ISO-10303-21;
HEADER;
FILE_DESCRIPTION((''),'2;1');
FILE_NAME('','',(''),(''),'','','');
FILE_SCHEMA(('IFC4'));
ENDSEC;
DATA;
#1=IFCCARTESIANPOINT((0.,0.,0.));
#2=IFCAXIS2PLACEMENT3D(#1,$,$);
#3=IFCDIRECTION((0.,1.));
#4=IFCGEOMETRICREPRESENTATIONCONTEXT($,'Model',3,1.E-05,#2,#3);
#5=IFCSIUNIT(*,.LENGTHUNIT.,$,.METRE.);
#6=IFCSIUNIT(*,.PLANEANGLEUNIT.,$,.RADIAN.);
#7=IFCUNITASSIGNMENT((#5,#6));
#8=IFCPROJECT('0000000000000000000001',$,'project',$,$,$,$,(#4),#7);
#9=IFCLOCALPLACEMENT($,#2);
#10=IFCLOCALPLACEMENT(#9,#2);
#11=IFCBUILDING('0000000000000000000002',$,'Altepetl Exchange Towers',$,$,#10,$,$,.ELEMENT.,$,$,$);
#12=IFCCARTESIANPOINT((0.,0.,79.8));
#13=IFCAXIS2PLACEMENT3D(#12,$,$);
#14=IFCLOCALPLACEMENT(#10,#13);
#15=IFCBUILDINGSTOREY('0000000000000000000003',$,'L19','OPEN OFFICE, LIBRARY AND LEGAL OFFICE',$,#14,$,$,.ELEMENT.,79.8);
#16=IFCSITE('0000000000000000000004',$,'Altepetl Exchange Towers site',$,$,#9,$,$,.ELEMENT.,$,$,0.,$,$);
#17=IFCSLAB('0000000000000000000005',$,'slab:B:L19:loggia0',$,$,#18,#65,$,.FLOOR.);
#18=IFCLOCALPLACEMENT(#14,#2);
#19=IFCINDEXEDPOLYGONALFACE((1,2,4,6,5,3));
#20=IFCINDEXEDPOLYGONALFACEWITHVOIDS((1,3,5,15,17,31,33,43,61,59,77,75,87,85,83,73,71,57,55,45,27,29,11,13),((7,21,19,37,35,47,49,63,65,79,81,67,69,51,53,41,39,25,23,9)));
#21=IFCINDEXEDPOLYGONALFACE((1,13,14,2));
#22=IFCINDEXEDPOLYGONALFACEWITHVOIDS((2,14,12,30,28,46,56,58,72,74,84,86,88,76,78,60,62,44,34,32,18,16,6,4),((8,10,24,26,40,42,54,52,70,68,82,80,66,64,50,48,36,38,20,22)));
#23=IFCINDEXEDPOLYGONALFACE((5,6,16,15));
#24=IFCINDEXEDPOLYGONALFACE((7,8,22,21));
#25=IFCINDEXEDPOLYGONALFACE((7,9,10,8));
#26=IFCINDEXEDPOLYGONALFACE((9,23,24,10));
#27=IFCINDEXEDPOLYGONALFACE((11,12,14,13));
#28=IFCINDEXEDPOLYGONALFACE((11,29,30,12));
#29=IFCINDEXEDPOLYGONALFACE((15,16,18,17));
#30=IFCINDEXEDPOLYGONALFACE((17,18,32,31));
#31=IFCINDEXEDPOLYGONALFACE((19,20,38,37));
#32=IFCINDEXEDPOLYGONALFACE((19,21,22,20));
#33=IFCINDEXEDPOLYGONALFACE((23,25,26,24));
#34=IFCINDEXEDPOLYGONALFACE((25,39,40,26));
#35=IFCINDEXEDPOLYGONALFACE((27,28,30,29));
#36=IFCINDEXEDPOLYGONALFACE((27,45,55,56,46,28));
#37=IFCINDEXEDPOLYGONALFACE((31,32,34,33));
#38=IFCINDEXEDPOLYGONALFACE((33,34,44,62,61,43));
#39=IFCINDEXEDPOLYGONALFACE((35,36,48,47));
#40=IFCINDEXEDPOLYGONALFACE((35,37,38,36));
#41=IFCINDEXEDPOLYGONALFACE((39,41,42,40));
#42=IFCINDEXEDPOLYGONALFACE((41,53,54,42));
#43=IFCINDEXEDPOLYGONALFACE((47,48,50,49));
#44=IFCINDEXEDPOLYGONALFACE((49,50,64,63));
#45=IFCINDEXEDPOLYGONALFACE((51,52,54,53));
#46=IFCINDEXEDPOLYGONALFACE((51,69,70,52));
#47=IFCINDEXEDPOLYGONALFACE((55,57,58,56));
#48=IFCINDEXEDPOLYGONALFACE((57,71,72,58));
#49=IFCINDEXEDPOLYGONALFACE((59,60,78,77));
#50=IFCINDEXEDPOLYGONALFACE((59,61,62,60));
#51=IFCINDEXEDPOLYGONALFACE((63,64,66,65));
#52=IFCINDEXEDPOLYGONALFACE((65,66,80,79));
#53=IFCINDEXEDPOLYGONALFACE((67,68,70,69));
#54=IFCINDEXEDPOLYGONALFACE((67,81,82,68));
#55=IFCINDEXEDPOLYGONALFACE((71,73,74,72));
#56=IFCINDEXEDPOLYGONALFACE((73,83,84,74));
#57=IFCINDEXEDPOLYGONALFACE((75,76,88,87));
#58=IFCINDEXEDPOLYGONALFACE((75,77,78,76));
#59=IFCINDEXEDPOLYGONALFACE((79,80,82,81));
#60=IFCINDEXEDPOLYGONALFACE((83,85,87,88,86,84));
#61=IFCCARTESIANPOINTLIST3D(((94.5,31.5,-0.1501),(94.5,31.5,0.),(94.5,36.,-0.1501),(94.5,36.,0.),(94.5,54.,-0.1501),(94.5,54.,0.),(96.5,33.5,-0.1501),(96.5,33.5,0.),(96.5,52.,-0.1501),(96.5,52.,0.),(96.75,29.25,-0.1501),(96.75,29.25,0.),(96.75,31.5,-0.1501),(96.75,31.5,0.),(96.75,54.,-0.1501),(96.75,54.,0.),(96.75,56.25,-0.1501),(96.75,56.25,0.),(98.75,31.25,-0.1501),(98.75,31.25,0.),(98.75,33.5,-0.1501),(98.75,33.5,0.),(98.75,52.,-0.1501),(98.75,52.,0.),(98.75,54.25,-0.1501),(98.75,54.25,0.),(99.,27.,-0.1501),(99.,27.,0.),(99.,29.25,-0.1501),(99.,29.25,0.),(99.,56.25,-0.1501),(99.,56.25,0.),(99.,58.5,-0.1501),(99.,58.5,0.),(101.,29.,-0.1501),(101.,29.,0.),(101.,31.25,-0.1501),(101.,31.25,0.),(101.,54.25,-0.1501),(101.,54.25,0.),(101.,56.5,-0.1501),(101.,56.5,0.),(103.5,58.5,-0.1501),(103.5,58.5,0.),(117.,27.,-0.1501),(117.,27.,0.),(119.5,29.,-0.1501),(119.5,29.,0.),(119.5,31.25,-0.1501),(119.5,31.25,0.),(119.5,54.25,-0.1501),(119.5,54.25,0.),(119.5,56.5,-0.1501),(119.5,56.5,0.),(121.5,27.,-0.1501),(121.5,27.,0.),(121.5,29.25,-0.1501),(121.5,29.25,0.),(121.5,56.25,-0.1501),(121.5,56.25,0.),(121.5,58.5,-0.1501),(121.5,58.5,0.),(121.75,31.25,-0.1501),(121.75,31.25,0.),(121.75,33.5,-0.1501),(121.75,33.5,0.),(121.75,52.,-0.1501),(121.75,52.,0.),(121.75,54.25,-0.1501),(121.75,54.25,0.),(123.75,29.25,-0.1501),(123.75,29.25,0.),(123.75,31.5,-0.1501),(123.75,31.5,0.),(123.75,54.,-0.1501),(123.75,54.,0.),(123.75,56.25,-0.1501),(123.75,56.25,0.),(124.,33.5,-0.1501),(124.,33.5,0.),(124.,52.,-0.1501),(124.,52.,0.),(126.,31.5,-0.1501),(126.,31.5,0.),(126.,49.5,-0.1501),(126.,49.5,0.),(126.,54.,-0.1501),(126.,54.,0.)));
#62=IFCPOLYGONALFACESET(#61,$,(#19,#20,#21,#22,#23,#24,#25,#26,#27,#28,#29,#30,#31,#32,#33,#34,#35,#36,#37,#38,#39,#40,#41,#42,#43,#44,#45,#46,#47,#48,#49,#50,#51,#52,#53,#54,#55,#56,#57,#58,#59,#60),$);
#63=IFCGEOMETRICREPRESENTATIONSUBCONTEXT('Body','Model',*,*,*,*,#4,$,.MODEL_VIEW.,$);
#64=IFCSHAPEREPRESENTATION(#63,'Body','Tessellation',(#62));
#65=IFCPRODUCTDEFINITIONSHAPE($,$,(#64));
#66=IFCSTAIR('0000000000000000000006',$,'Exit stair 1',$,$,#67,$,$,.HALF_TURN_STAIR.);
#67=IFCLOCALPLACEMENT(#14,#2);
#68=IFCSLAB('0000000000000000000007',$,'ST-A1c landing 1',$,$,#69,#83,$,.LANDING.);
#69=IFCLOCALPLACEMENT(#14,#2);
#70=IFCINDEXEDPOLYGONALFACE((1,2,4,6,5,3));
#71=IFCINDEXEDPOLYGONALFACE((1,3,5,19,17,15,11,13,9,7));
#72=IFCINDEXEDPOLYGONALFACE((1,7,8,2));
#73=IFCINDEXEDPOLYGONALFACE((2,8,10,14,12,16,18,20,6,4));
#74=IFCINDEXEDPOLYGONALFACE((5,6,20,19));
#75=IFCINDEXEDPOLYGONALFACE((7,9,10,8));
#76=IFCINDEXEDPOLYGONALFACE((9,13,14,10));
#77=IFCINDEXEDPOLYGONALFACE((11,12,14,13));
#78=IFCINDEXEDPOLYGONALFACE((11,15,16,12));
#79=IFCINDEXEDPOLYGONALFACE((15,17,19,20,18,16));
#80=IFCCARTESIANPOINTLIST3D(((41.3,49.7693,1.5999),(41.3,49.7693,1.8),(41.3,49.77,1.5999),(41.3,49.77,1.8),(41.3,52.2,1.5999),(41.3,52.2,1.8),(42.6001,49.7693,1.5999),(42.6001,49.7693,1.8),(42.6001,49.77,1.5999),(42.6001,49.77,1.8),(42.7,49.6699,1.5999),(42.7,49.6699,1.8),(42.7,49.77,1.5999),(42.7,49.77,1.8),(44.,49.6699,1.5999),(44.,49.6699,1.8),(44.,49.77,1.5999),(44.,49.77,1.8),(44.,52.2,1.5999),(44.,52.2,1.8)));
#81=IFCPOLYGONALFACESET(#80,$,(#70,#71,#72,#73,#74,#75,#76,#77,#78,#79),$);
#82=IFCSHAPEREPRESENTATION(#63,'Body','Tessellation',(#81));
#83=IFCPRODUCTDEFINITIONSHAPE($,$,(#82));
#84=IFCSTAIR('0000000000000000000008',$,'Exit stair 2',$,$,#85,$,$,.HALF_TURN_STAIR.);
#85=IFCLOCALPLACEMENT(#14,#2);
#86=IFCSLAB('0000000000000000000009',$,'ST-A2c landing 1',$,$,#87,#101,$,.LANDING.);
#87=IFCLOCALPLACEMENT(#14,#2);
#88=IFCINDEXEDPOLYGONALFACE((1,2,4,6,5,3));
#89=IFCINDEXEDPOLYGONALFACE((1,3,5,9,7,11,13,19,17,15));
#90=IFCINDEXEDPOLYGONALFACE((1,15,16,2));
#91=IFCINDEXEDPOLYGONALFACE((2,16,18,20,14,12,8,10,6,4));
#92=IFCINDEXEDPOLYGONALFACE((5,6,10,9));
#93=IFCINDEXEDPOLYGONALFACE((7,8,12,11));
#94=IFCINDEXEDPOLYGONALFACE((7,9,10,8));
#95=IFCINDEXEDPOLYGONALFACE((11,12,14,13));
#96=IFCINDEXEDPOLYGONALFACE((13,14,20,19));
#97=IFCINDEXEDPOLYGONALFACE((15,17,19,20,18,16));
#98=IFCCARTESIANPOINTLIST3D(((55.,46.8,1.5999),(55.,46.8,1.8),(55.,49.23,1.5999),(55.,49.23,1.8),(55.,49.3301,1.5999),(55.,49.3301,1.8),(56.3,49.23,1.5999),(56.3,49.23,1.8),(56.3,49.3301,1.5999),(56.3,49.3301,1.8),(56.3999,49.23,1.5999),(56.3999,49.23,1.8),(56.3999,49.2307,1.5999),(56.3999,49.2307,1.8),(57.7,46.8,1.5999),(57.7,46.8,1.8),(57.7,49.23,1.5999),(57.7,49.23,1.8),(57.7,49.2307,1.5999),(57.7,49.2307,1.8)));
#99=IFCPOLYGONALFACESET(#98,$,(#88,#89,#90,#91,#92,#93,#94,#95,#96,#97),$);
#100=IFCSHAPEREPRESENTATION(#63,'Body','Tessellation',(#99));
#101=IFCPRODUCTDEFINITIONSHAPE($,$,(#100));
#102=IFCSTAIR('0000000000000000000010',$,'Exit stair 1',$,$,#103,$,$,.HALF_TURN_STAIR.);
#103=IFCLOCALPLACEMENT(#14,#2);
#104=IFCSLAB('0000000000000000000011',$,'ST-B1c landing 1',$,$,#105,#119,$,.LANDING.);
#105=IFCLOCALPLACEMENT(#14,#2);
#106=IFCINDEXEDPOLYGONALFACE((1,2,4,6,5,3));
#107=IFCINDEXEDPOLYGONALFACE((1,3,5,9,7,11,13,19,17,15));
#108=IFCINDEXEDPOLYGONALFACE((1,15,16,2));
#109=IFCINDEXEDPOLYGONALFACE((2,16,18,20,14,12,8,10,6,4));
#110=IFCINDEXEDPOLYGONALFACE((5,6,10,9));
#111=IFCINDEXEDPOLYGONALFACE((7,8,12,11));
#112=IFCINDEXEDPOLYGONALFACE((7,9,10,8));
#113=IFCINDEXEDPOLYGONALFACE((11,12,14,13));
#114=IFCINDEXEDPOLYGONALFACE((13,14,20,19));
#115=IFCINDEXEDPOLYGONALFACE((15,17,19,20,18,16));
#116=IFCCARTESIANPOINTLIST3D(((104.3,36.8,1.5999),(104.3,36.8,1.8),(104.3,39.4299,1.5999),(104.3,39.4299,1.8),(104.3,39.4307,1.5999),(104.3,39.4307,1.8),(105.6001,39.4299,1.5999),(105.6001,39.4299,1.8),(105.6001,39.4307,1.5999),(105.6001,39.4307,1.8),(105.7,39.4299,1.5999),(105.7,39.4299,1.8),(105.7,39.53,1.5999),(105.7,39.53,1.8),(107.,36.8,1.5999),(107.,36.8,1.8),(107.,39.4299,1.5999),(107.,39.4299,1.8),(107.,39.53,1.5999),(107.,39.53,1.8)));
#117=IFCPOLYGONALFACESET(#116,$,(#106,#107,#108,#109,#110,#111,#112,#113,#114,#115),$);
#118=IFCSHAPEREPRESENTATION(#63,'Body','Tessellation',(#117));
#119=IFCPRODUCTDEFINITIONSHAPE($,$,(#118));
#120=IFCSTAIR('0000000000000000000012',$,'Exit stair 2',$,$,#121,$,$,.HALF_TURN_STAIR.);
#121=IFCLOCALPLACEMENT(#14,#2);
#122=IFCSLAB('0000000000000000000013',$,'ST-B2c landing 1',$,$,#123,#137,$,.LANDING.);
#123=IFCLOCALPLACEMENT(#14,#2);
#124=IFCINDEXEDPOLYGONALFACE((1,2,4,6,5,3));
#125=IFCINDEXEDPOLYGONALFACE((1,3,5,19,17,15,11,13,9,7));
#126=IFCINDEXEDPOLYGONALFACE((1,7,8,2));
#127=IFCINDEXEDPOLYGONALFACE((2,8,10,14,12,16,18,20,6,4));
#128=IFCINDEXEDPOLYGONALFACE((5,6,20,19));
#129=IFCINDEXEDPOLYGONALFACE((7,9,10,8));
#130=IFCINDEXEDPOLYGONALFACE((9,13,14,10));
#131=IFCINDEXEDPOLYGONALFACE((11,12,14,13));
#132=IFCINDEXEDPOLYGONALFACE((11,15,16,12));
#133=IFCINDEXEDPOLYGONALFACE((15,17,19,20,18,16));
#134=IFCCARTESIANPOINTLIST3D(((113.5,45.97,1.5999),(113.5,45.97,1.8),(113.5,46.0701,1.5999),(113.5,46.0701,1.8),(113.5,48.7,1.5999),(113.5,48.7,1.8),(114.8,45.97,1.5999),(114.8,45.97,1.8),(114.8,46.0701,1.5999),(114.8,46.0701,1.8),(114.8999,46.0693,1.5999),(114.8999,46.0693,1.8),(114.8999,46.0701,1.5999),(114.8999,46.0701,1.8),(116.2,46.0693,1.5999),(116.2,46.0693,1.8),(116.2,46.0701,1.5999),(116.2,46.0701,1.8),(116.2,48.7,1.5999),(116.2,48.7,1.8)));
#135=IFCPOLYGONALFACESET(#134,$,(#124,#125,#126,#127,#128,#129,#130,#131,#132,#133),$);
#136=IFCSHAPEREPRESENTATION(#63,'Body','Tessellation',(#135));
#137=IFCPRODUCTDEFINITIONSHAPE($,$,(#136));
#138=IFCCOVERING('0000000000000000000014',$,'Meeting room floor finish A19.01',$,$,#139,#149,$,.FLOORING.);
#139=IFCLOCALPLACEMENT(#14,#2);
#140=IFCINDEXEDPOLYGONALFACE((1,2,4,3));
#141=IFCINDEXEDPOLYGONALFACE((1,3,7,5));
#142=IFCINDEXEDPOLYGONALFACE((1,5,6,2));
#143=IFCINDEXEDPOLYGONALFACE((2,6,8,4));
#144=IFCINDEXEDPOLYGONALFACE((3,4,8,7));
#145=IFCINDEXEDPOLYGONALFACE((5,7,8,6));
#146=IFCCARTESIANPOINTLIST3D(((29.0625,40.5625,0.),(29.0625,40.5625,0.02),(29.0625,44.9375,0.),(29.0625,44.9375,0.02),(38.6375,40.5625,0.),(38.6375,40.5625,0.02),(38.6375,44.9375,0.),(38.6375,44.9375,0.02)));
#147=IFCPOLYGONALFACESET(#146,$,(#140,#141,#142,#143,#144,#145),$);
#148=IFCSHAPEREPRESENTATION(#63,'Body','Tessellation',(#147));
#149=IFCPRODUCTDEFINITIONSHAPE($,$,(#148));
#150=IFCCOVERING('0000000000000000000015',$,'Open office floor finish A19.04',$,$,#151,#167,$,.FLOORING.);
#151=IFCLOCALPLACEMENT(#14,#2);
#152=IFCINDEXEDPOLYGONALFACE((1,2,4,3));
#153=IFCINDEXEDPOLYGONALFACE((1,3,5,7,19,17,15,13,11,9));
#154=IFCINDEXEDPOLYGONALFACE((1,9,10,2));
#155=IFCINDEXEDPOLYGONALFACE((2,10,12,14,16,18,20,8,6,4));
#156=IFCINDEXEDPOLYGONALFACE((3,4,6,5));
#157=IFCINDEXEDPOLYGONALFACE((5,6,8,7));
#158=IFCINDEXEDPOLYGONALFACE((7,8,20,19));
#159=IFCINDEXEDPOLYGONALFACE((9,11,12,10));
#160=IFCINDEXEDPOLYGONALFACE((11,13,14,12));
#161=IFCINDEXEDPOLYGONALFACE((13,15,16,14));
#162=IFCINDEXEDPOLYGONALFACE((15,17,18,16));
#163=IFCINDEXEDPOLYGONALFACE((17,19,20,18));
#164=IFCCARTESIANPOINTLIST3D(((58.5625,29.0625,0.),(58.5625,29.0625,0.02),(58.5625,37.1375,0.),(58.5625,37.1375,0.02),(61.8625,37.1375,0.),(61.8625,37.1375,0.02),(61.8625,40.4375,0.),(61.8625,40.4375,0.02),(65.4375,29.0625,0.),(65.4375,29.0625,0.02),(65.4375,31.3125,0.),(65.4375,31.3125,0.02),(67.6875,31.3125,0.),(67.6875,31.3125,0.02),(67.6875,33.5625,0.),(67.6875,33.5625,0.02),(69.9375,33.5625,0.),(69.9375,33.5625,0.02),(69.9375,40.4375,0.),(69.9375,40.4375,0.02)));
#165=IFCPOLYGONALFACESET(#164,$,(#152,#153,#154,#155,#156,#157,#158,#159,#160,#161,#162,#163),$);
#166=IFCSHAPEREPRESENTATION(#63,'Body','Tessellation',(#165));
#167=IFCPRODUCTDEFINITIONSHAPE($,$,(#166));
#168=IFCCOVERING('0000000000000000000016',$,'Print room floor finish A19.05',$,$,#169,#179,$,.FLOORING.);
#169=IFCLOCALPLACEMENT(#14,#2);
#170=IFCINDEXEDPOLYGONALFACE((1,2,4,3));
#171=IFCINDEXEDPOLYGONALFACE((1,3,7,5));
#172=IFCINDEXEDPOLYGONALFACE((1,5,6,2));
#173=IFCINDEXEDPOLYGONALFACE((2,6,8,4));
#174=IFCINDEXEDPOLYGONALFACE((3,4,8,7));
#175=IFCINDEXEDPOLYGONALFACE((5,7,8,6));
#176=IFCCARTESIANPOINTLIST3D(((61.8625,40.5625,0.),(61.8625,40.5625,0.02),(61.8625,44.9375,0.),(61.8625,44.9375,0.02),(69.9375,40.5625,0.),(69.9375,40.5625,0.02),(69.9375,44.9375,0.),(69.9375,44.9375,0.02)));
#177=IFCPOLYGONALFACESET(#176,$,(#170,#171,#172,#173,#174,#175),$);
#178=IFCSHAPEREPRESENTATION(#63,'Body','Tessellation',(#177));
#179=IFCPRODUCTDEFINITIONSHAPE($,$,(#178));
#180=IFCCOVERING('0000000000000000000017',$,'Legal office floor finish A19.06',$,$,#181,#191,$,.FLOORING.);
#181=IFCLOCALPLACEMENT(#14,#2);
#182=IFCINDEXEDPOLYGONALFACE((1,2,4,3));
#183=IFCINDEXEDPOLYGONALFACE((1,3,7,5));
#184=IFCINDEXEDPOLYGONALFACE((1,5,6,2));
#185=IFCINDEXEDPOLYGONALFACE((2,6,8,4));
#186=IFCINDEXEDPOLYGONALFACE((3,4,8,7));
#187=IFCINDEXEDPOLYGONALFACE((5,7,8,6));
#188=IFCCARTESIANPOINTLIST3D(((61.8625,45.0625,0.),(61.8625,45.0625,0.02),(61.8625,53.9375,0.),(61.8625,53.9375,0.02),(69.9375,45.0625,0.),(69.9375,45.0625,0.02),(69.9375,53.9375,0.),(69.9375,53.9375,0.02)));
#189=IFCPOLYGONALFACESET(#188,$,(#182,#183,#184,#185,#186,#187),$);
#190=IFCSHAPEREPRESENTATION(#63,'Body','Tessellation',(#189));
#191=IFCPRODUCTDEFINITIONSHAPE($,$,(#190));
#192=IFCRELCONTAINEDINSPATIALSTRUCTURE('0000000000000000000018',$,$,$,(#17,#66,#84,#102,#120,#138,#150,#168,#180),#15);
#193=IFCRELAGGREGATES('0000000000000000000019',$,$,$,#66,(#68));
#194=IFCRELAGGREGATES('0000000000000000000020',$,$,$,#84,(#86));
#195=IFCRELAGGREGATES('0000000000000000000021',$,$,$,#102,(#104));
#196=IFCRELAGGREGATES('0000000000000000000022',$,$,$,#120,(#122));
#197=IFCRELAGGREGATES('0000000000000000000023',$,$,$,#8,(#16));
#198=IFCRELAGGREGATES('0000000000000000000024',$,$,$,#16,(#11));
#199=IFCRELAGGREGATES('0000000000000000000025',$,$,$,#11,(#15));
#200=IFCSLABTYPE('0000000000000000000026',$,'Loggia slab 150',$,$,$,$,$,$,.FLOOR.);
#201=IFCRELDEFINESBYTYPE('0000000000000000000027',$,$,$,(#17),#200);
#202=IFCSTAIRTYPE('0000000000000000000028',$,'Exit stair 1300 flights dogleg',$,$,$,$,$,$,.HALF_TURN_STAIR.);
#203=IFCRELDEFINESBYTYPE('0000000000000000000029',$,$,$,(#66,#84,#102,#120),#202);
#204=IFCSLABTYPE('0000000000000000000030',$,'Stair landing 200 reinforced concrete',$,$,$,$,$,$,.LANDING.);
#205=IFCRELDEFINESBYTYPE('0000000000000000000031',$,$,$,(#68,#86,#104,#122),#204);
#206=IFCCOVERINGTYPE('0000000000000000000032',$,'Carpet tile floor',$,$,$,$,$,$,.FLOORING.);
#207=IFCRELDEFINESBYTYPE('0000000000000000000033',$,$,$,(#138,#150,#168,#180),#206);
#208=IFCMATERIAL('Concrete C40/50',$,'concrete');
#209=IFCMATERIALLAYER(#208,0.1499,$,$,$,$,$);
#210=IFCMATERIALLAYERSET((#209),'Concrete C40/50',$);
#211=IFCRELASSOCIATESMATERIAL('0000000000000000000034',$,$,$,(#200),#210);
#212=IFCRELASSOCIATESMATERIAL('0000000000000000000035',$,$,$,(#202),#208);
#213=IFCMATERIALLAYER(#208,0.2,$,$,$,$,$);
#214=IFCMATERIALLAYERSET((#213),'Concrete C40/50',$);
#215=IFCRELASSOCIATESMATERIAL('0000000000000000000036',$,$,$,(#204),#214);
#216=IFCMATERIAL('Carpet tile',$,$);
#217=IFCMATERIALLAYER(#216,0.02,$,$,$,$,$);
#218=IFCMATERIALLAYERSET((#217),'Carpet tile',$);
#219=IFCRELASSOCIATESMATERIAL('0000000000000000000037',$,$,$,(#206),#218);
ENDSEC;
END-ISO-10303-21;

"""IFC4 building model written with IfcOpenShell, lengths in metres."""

from ifc_helpers import new_model, si_unit, direction, frame, origin, place, context, subcontext, project, spatial, polyline, outline, extrude, material, layer, layer_set, type_object, element, aggregate, save


model = new_model("IFC4")

# Units and contexts
model_context = context("Model", 3, precision=1e-05, world=origin(), true_north=direction((0.0, 1.0)))
body_context = subcontext(model_context, "Body", "Model", "MODEL_VIEW")
ifc_project = project(units=[si_unit("LENGTHUNIT", "METRE"), si_unit("PLANEANGLEUNIT", "RADIAN")], contexts=[model_context])

# Site, building, storey
site_placement = place(None, origin())
site = spatial("IfcSite", under=ifc_project, at=site_placement, Name="Altepetl Exchange Towers site", CompositionType="ELEMENT", RefElevation=0.0)
building_placement = place(site_placement, origin())
building = spatial("IfcBuilding", under=site, at=building_placement, Name="Altepetl Exchange Towers", CompositionType="ELEMENT")
storey_placement = place(building_placement, frame((0.0, 0.0, 79.8)))
storey = spatial("IfcBuildingStorey", under=building, at=storey_placement, Name="L19", Description="OPEN OFFICE, LIBRARY AND LEGAL OFFICE", CompositionType="ELEMENT", Elevation=79.8)

# Slab
ifc_material_1 = material(Name="Concrete C40/50", Category="concrete")
ifc_layer_1 = layer(ifc_material_1, 0.1499)
ifc_layer_set_1 = layer_set([ifc_layer_1], Name="Concrete C40/50")
slab_type_1 = type_object("IfcSlabType", Name="Loggia slab 150", PredefinedType="FLOOR", material=ifc_layer_set_1)
slab_1_placement = place(storey_placement, frame((0.0, 0.0, -0.1501)))
element("IfcSlab", 1, at=slab_1_placement, inside=storey, type_object=slab_type_1, Name="slab:B:L19:loggia0", PredefinedType="FLOOR", context=body_context, shape_type="SweptSolid", body=[
    extrude(outline(polyline([(96.75, 54.0), (94.5, 54.0), (94.5, 36.0), (94.5, 31.5), (96.75, 31.5), (96.75, 29.25), (99.0, 29.25), (99.0, 27.0), (117.0, 27.0), (121.5, 27.0), (121.5, 29.25), (123.75, 29.25), (123.75, 31.5), (126.0, 31.5), (126.0, 49.5), (126.0, 54.0), (123.75, 54.0), (123.75, 56.25), (121.5, 56.25), (121.5, 58.5), (103.5, 58.5), (99.0, 58.5), (99.0, 56.25), (96.75, 56.25), (96.75, 54.0)]), holes=[polyline([(96.5, 52.0), (98.75, 52.0), (98.75, 54.25), (101.0, 54.25), (101.0, 56.5), (119.5, 56.5), (119.5, 54.25), (121.75, 54.25), (121.75, 52.0), (124.0, 52.0), (124.0, 33.5), (121.75, 33.5), (121.75, 31.25), (119.5, 31.25), (119.5, 29.0), (101.0, 29.0), (101.0, 31.25), (98.75, 31.25), (98.75, 33.5), (96.5, 33.5), (96.5, 52.0)])]), origin(), (0.0, 0.0, 1.0), 0.1501),
])

# Stairs, slabs
stair_type = type_object("IfcStairType", Name="Exit stair 1300 flights dogleg", PredefinedType="HALF_TURN_STAIR", material=ifc_material_1)
stair_1_placement = place(storey_placement, origin())
stair_1 = element("IfcStair", 2, at=stair_1_placement, inside=storey, type_object=stair_type, Name="Exit stair 1", PredefinedType="HALF_TURN_STAIR")
ifc_layer_2 = layer(ifc_material_1, 0.2)
ifc_layer_set_2 = layer_set([ifc_layer_2], Name="Concrete C40/50")
slab_type_2 = type_object("IfcSlabType", Name="Stair landing 200 reinforced concrete", PredefinedType="LANDING", material=ifc_layer_set_2)
slab_2_placement = place(storey_placement, frame((0.0, 0.0, 1.5999)))
slab_2 = element("IfcSlab", 3, at=slab_2_placement, type_object=slab_type_2, Name="ST-A1c landing 1", PredefinedType="LANDING", context=body_context, shape_type="SweptSolid", body=[
    extrude(outline(polyline([(44.0, 49.6699), (42.7, 49.6699), (42.7, 49.77), (42.6001, 49.77), (42.6001, 49.7693), (41.3, 49.7693), (41.3, 49.77), (41.3, 52.2), (44.0, 52.2), (44.0, 49.77), (44.0, 49.6699)])), origin(), (0.0, 0.0, 1.0), 0.2002),
])
aggregate(stair_1, [slab_2])
stair_2_placement = place(storey_placement, origin())
stair_2 = element("IfcStair", 4, at=stair_2_placement, inside=storey, type_object=stair_type, Name="Exit stair 2", PredefinedType="HALF_TURN_STAIR")
slab_3_placement = place(storey_placement, frame((0.0, 0.0, 1.5999)))
slab_3 = element("IfcSlab", 5, at=slab_3_placement, type_object=slab_type_2, Name="ST-A2c landing 1", PredefinedType="LANDING", context=body_context, shape_type="SweptSolid", body=[
    extrude(outline(polyline([(57.7, 46.8), (55.0, 46.8), (55.0, 49.23), (55.0, 49.3301), (56.3, 49.3301), (56.3, 49.23), (56.3999, 49.23), (56.3999, 49.2307), (57.7, 49.2307), (57.7, 49.23), (57.7, 46.8)])), origin(), (0.0, 0.0, 1.0), 0.2002),
])
aggregate(stair_2, [slab_3])
stair_3_placement = place(storey_placement, origin())
stair_3 = element("IfcStair", 6, at=stair_3_placement, inside=storey, type_object=stair_type, Name="Exit stair 1", PredefinedType="HALF_TURN_STAIR")
slab_4_placement = place(storey_placement, frame((0.0, 0.0, 1.5999)))
slab_4 = element("IfcSlab", 7, at=slab_4_placement, type_object=slab_type_2, Name="ST-B1c landing 1", PredefinedType="LANDING", context=body_context, shape_type="SweptSolid", body=[
    extrude(outline(polyline([(107.0, 36.8), (104.3, 36.8), (104.3, 39.4299), (104.3, 39.4307), (105.6001, 39.4307), (105.6001, 39.4299), (105.7, 39.4299), (105.7, 39.53), (107.0, 39.53), (107.0, 39.4299), (107.0, 36.8)])), origin(), (0.0, 0.0, 1.0), 0.2002),
])
aggregate(stair_3, [slab_4])
stair_4_placement = place(storey_placement, origin())
stair_4 = element("IfcStair", 8, at=stair_4_placement, inside=storey, type_object=stair_type, Name="Exit stair 2", PredefinedType="HALF_TURN_STAIR")
slab_5_placement = place(storey_placement, frame((0.0, 0.0, 1.5999)))
slab_5 = element("IfcSlab", 9, at=slab_5_placement, type_object=slab_type_2, Name="ST-B2c landing 1", PredefinedType="LANDING", context=body_context, shape_type="SweptSolid", body=[
    extrude(outline(polyline([(114.8, 45.97), (113.5, 45.97), (113.5, 46.0701), (113.5, 48.7), (116.2, 48.7), (116.2, 46.0701), (116.2, 46.0693), (114.8999, 46.0693), (114.8999, 46.0701), (114.8, 46.0701), (114.8, 45.97)])), origin(), (0.0, 0.0, 1.0), 0.2002),
])
aggregate(stair_4, [slab_5])

# Coverings
ifc_material_2 = material(Name="Carpet tile")
ifc_layer_3 = layer(ifc_material_2, 0.02)
ifc_layer_set_3 = layer_set([ifc_layer_3], Name="Carpet tile")
covering_type_1 = type_object("IfcCoveringType", Name="Carpet tile floor", PredefinedType="FLOORING", material=ifc_layer_set_3)
covering_1_placement = place(storey_placement, origin())
element("IfcCovering", 10, at=covering_1_placement, inside=storey, type_object=covering_type_1, Name="Meeting room floor finish A19.01", PredefinedType="FLOORING", context=body_context, shape_type="SweptSolid", body=[
    extrude(outline(polyline([(29.0625, 40.5625), (38.6375, 40.5625), (38.6375, 44.9375), (29.0625, 44.9375), (29.0625, 40.5625)])), origin(), (0.0, 0.0, 1.0), 0.02),
])
covering_2_placement = place(storey_placement, origin())
element("IfcCovering", 11, at=covering_2_placement, inside=storey, type_object=covering_type_1, Name="Open office floor finish A19.04", PredefinedType="FLOORING", context=body_context, shape_type="SweptSolid", body=[
    extrude(outline(polyline([(69.9375, 40.4375), (61.8625, 40.4375), (61.8625, 37.1375), (58.5625, 37.1375), (58.5625, 29.0625), (65.4375, 29.0625), (65.4375, 31.3125), (67.6875, 31.3125), (67.6875, 33.5625), (69.9375, 33.5625), (69.9375, 40.4375)])), origin(), (0.0, 0.0, 1.0), 0.02),
])
covering_3_placement = place(storey_placement, origin())
element("IfcCovering", 12, at=covering_3_placement, inside=storey, type_object=covering_type_1, Name="Print room floor finish A19.05", PredefinedType="FLOORING", context=body_context, shape_type="SweptSolid", body=[
    extrude(outline(polyline([(69.9375, 44.9375), (61.8625, 44.9375), (61.8625, 40.5625), (69.9375, 40.5625), (69.9375, 44.9375)])), origin(), (0.0, 0.0, 1.0), 0.02),
])
covering_4_placement = place(storey_placement, origin())
element("IfcCovering", 13, at=covering_4_placement, inside=storey, type_object=covering_type_1, Name="Legal office floor finish A19.06", PredefinedType="FLOORING", context=body_context, shape_type="SweptSolid", body=[
    extrude(outline(polyline([(69.9375, 53.9375), (61.8625, 53.9375), (61.8625, 45.0625), (69.9375, 45.0625), (69.9375, 53.9375)])), origin(), (0.0, 0.0, 1.0), 0.02),
])

save(model, "model.ifc")
